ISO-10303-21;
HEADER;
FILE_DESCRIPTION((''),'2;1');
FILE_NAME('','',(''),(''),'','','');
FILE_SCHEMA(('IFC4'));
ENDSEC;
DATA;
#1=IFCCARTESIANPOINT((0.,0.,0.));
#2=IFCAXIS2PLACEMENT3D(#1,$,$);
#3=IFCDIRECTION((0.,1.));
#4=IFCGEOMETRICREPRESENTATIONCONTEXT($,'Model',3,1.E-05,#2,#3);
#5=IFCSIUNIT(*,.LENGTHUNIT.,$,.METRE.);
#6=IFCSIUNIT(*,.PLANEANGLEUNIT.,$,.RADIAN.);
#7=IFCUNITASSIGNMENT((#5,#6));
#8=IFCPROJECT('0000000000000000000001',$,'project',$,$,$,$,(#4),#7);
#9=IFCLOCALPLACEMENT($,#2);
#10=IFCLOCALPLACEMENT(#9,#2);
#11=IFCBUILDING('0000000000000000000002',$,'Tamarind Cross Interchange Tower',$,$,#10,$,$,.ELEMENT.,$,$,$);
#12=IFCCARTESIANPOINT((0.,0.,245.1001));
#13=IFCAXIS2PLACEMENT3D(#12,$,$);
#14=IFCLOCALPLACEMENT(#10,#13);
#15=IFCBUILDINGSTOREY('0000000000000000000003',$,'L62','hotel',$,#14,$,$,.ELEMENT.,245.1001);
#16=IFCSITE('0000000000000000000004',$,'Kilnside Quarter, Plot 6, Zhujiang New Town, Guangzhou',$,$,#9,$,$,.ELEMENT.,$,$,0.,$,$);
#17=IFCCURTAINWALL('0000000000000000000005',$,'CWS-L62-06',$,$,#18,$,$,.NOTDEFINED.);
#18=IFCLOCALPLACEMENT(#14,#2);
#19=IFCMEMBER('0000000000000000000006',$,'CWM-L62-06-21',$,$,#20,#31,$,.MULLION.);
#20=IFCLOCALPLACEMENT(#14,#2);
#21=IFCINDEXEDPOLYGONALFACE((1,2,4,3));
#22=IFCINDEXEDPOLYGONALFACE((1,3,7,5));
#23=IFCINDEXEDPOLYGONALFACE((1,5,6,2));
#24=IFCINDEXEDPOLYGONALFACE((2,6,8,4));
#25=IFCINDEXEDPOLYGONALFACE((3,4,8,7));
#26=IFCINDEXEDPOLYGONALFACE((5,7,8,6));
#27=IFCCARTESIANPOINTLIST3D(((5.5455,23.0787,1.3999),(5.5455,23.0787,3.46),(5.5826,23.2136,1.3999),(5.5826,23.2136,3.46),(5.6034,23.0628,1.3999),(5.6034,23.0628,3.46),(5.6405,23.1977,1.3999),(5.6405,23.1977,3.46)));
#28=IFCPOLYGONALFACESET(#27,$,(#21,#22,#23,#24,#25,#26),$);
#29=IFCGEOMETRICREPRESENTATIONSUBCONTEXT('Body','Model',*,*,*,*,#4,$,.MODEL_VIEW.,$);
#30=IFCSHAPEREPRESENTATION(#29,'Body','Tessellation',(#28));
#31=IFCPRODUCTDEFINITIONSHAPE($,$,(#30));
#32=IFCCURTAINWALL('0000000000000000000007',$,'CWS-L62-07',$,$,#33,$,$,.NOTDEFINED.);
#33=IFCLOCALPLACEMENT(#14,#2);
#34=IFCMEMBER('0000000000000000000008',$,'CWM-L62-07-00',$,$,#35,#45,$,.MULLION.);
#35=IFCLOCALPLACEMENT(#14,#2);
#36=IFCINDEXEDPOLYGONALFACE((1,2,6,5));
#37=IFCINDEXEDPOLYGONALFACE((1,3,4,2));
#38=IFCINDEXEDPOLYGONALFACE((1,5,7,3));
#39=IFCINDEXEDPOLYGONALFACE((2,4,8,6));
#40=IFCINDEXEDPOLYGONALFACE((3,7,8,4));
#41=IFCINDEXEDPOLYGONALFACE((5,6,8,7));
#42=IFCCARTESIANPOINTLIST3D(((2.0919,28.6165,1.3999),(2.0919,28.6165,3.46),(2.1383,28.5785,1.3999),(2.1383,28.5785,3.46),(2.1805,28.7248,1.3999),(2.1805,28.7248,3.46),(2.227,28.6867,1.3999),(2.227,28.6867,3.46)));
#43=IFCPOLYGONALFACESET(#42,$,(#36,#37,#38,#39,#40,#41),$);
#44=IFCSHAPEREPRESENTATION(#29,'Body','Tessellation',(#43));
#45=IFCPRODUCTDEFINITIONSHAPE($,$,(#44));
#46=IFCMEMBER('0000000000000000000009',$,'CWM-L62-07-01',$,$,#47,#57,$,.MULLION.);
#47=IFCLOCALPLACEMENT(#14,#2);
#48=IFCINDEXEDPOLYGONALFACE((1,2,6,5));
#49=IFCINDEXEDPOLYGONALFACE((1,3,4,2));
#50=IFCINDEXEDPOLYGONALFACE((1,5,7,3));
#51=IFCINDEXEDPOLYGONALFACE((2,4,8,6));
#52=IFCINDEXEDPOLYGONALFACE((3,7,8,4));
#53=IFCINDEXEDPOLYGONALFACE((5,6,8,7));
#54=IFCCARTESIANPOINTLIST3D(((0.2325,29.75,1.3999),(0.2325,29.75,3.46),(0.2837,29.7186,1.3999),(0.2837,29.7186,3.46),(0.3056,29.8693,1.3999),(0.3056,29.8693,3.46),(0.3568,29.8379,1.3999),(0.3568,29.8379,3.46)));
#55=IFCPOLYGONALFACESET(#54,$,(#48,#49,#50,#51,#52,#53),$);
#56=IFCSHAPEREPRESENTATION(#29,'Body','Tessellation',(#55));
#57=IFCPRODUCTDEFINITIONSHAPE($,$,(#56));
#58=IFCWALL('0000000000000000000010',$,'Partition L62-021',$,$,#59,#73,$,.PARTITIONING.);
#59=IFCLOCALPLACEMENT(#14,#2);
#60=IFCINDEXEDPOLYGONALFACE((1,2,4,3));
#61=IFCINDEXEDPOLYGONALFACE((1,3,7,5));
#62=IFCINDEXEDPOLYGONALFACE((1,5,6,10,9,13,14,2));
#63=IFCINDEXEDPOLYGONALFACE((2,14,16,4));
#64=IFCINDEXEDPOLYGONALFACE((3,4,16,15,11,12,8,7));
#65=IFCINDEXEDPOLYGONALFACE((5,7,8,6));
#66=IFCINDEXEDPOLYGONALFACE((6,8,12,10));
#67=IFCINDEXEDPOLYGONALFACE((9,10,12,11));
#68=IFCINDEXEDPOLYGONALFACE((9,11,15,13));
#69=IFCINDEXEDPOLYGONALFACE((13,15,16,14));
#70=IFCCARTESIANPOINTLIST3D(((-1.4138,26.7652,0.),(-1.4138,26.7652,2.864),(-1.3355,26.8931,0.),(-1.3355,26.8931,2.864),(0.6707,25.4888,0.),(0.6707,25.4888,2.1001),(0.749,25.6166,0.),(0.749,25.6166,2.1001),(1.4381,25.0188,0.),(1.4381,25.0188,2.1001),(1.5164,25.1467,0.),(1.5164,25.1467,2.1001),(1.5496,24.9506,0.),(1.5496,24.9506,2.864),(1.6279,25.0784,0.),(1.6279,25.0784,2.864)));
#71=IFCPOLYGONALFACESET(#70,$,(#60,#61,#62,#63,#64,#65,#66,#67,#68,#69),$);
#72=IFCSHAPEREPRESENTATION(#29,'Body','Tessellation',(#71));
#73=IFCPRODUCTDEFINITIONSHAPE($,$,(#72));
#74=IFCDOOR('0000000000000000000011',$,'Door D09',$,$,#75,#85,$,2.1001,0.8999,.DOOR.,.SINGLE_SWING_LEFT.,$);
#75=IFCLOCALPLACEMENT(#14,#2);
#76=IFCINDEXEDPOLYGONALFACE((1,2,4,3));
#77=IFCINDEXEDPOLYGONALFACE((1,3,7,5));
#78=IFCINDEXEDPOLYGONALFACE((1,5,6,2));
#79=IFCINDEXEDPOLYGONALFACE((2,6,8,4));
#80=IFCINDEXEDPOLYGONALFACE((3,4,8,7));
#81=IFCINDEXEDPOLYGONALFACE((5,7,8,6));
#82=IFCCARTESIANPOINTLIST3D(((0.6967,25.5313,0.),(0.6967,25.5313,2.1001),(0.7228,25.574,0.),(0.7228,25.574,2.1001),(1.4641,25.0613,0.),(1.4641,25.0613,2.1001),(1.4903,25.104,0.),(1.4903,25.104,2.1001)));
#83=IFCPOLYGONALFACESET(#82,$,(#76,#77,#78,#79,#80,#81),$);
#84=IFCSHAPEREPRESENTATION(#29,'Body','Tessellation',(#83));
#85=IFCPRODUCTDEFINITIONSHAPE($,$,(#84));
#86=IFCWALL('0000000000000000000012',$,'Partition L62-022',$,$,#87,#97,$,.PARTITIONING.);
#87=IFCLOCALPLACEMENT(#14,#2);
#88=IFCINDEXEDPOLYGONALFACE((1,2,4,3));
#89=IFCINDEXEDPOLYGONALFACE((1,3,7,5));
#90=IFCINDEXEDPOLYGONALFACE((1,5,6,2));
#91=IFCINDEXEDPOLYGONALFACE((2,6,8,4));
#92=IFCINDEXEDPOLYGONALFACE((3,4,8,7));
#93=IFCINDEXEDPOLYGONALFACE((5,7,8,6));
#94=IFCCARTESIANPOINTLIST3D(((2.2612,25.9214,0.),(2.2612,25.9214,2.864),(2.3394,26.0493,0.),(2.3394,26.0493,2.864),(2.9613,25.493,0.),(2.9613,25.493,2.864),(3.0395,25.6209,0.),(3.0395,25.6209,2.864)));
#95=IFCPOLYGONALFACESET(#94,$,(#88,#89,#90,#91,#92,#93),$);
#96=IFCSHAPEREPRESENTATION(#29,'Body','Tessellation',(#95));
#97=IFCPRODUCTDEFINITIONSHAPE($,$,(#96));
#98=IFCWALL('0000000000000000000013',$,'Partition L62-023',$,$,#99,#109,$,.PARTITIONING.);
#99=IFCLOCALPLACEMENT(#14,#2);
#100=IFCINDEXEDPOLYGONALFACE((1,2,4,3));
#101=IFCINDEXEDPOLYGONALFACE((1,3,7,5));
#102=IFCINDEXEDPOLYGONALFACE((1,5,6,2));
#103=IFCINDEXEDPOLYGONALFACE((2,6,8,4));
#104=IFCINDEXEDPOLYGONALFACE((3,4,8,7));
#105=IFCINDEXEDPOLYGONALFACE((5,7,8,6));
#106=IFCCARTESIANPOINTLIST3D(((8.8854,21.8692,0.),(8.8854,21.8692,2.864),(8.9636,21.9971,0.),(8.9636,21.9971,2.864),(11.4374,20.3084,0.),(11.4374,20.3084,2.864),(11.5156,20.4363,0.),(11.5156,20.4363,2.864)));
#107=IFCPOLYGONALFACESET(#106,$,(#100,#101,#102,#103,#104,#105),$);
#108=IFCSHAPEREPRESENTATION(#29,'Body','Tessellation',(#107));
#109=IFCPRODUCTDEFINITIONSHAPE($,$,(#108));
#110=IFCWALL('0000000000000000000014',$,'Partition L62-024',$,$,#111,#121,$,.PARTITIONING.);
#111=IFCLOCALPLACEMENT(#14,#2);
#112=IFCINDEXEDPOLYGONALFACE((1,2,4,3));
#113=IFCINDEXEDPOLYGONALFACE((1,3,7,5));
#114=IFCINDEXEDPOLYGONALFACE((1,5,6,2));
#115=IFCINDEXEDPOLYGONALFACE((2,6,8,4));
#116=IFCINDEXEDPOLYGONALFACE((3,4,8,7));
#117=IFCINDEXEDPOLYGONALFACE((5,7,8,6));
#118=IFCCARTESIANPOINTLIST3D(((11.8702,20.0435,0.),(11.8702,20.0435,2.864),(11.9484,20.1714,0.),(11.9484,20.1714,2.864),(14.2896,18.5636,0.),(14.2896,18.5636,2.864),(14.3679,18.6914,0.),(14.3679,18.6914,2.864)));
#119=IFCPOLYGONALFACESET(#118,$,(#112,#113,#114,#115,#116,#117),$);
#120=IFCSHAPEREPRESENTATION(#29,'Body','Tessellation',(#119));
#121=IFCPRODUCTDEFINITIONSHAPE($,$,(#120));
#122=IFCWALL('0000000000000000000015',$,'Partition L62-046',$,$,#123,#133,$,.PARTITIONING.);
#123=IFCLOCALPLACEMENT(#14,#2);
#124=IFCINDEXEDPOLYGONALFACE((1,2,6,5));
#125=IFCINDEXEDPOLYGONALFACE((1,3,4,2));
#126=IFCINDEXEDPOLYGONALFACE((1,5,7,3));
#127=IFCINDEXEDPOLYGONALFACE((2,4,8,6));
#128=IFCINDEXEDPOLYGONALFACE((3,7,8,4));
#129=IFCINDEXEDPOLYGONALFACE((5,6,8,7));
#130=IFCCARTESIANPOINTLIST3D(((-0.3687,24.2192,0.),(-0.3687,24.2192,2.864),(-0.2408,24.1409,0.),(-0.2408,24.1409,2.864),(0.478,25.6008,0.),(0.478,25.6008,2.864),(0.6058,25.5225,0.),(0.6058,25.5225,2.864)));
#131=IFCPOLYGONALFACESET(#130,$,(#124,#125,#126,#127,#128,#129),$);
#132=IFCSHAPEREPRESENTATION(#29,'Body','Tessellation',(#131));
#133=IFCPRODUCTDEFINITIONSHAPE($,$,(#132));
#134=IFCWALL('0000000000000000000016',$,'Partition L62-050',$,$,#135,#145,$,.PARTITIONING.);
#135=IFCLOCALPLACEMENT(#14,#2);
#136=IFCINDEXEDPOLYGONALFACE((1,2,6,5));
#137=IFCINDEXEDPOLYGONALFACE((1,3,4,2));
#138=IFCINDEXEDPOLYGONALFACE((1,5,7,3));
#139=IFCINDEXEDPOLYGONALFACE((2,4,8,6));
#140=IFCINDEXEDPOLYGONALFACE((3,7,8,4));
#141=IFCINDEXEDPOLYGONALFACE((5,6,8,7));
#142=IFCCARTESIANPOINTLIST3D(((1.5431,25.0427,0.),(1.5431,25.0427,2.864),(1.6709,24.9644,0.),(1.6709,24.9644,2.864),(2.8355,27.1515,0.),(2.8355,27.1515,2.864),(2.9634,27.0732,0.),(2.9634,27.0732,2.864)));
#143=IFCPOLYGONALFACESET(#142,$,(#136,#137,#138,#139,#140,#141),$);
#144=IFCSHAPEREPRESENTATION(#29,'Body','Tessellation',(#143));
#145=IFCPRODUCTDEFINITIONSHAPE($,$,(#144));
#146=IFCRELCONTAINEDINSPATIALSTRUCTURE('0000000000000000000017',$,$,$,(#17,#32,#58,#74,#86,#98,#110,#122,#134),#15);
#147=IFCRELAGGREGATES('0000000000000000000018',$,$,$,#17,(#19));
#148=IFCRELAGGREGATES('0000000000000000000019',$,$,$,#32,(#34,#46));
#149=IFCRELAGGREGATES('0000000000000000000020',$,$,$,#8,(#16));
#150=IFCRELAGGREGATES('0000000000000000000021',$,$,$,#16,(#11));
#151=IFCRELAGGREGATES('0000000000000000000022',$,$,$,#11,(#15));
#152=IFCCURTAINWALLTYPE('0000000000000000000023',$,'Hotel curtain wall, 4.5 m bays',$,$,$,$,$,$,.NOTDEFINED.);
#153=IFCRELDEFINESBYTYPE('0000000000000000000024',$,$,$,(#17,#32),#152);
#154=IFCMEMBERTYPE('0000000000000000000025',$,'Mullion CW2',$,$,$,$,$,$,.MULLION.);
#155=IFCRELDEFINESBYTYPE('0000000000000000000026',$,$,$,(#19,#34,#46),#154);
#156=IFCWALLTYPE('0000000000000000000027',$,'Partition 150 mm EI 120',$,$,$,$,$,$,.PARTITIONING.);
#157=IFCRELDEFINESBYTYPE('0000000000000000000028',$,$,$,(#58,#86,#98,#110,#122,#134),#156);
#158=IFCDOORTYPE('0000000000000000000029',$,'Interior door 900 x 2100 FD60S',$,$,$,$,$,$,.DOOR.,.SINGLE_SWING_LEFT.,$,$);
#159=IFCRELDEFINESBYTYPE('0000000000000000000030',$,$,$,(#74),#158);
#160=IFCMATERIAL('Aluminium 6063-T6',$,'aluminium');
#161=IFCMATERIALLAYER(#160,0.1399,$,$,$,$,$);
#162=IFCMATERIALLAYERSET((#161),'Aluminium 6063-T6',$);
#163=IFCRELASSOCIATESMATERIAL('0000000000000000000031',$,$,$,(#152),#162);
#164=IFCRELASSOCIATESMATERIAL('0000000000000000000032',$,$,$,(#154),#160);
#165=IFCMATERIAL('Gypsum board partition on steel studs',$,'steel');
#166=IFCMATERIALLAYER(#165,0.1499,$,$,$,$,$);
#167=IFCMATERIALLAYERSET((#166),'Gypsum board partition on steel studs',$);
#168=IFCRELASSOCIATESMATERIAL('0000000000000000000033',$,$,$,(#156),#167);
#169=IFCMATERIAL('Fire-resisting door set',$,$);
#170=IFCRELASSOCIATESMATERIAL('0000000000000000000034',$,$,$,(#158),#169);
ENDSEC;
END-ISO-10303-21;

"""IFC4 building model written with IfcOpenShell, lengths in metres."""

from ifc_helpers import new_model, si_unit, direction, frame, frame_2d, origin, origin_2d, place, context, subcontext, project, spatial, rectangle, extrude, material, layer, layer_set, material_profile, profile_set, type_object, element, fill, aggregate, save


model = new_model("IFC4")

# Units and contexts
model_context = context("Model", 3, precision=1e-05, world=origin(), true_north=direction((0.0, 1.0)))
body_context = subcontext(model_context, "Body", "Model", "MODEL_VIEW")
ifc_project = project(units=[si_unit("LENGTHUNIT", "METRE"), si_unit("PLANEANGLEUNIT", "RADIAN")], contexts=[model_context])

# Site, building, storey
site_placement = place(None, origin())
site = spatial("IfcSite", under=ifc_project, at=site_placement, Name="Kilnside Quarter, Plot 6, Zhujiang New Town, Guangzhou", CompositionType="ELEMENT", RefElevation=0.0)
building_placement = place(site_placement, origin())
building = spatial("IfcBuilding", under=site, at=building_placement, Name="Tamarind Cross Interchange Tower", CompositionType="ELEMENT")
storey_placement = place(building_placement, frame((0.0, 0.0, 245.1001)))
storey = spatial("IfcBuildingStorey", under=building, at=storey_placement, Name="L62", Description="hotel", CompositionType="ELEMENT", Elevation=245.1001)

# Curtain walls, members
ifc_material_1 = material(Name="Aluminium 6063-T6", Category="aluminium")
ifc_layer_1 = layer(ifc_material_1, 0.1399)
ifc_layer_set_1 = layer_set([ifc_layer_1], Name="Aluminium 6063-T6")
curtain_wall_type = type_object("IfcCurtainWallType", Name="Hotel curtain wall, 4.5 m bays", PredefinedType="NOTDEFINED", material=ifc_layer_set_1)
curtain_wall_1_placement = place(storey_placement, origin())
curtain_wall_1 = element("IfcCurtainWall", 1, at=curtain_wall_1_placement, inside=storey, type_object=curtain_wall_type, Name="CWS-L62-06", PredefinedType="NOTDEFINED")
ifc_material_profile_1 = material_profile(ifc_material_1, rectangle(XDim=0.0601, YDim=0.1399, at=origin_2d()), Name="Mullion CW2")
ifc_profile_set_1 = profile_set([ifc_material_profile_1], Name="Aluminium 6063-T6")
member_type = type_object("IfcMemberType", Name="Mullion CW2", PredefinedType="MULLION", material=ifc_profile_set_1)
member_1_placement = place(storey_placement, frame((5.593, 23.1382, 1.3999), z_axis=(0.0, 0.0, 1.0), x_axis=(-0.964141, 0.265389, 0.0)))
member_1 = element("IfcMember", 2, at=member_1_placement, type_object=member_type, Name="CWM-L62-06-21", PredefinedType="MULLION", context=body_context, shape_type="SweptSolid", body=[
    extrude(rectangle(XDim=0.0601, YDim=0.1399, at=origin_2d()), origin(), (0.0, 0.0, 1.0), 2.0601),
])
aggregate(curtain_wall_1, [member_1])
curtain_wall_2_placement = place(storey_placement, origin())
curtain_wall_2 = element("IfcCurtainWall", 3, at=curtain_wall_2_placement, inside=storey, type_object=curtain_wall_type, Name="CWS-L62-07", PredefinedType="NOTDEFINED")
member_2_placement = place(storey_placement, frame((2.1594, 28.6516, 1.3999), z_axis=(0.0, 0.0, 1.0), x_axis=(-0.773678, 0.633579, 0.0)))
member_2 = element("IfcMember", 4, at=member_2_placement, type_object=member_type, Name="CWM-L62-07-00", PredefinedType="MULLION", context=body_context, shape_type="SweptSolid", body=[
    extrude(rectangle(XDim=0.0601, YDim=0.1399, at=origin_2d()), origin(), (0.0, 0.0, 1.0), 2.0601),
])
member_3_placement = place(storey_placement, frame((0.2947, 29.7939, 1.3999), z_axis=(0.0, 0.0, 1.0), x_axis=(-0.85272, 0.522368, 0.0)))
member_3 = element("IfcMember", 5, at=member_3_placement, type_object=member_type, Name="CWM-L62-07-01", PredefinedType="MULLION", context=body_context, shape_type="SweptSolid", body=[
    extrude(rectangle(XDim=0.0601, YDim=0.1399, at=origin_2d()), origin(), (0.0, 0.0, 1.0), 2.0601),
])
aggregate(curtain_wall_2, [member_2, member_3])

# Wall, opening, door
ifc_material_2 = material(Name="Gypsum board partition on steel studs", Category="steel")
ifc_layer_2 = layer(ifc_material_2, 0.1499)
ifc_layer_set_2 = layer_set([ifc_layer_2], Name="Gypsum board partition on steel studs")
wall_type = type_object("IfcWallType", Name="Partition 150 mm EI 120", PredefinedType="PARTITIONING", material=ifc_layer_set_2)
wall_1_placement = place(storey_placement, frame((-1.3745, 26.8291, 0.0), z_axis=(0.0, 0.0, 1.0), x_axis=(0.852802, -0.522234, 0.0)))
wall_1 = element("IfcWall", 6, at=wall_1_placement, inside=storey, type_object=wall_type, Name="Partition L62-021", PredefinedType="PARTITIONING", context=body_context, shape_type="SweptSolid", body=[
    extrude(rectangle(XDim=3.4749, YDim=0.1499, at=frame_2d((1.7373, 0.0))), origin(), (0.0, 0.0, 1.0), 2.864),
])
opening_placement = place(wall_1_placement, frame((2.4441, 0.0, 0.0)))
opening = element("IfcOpeningElement", 7, at=opening_placement, cuts=wall_1, PredefinedType="OPENING", context=body_context, shape_type="SweptSolid", body=[
    extrude(rectangle(XDim=0.8999, YDim=2.1001, at=frame_2d((0.45, 1.05))), frame((0.0, 0.085, 0.0), z_axis=(0.0, -1.0, 0.0), x_axis=(1.0, 0.0, 0.0)), (0.0, 0.0, 1.0), 0.1699),
])
ifc_material_3 = material(Name="Fire-resisting door set")
door_type = type_object("IfcDoorType", Name="Interior door 900 x 2100 FD60S", OperationType="SINGLE_SWING_LEFT", PredefinedType="DOOR", material=ifc_material_3)
door_placement = place(opening_placement, origin())
door = element("IfcDoor", 8, at=door_placement, inside=storey, type_object=door_type, Name="Door D09", OperationType="SINGLE_SWING_LEFT", OverallHeight=2.1001, OverallWidth=0.8999, PredefinedType="DOOR", context=body_context, shape_type="SweptSolid", body=[
    extrude(rectangle(XDim=0.8999, YDim=2.1001, at=frame_2d((0.45, 1.05))), frame((0.0, 0.0249, 0.0), z_axis=(0.0, -1.0, 0.0), x_axis=(1.0, 0.0, 0.0)), (0.0, 0.0, 1.0), 0.05),
])
fill(opening, door)

# Walls
wall_2_placement = place(storey_placement, frame((2.3003, 25.9854, 0.0), z_axis=(0.0, 0.0, 1.0), x_axis=(0.852973, -0.521955, 0.0)))
element("IfcWall", 9, at=wall_2_placement, inside=storey, type_object=wall_type, Name="Partition L62-022", PredefinedType="PARTITIONING", context=body_context, shape_type="SweptSolid", body=[
    extrude(rectangle(XDim=0.8208, YDim=0.1499, at=frame_2d((0.4104, 0.0))), origin(), (0.0, 0.0, 1.0), 2.864),
])
wall_3_placement = place(storey_placement, frame((8.9246, 21.9331, 0.0), z_axis=(0.0, 0.0, 1.0), x_axis=(0.853098, -0.52175, 0.0)))
element("IfcWall", 10, at=wall_3_placement, inside=storey, type_object=wall_type, Name="Partition L62-023", PredefinedType="PARTITIONING", context=body_context, shape_type="SweptSolid", body=[
    extrude(rectangle(XDim=2.9915, YDim=0.1499, at=frame_2d((1.4956, 0.0))), origin(), (0.0, 0.0, 1.0), 2.864),
])
wall_4_placement = place(storey_placement, frame((11.9094, 20.1074, 0.0), z_axis=(0.0, 0.0, 1.0), x_axis=(0.853056, -0.521819, 0.0)))
element("IfcWall", 11, at=wall_4_placement, inside=storey, type_object=wall_type, Name="Partition L62-024", PredefinedType="PARTITIONING", context=body_context, shape_type="SweptSolid", body=[
    extrude(rectangle(XDim=2.8362, YDim=0.1499, at=frame_2d((1.418, 0.0))), origin(), (0.0, 0.0, 1.0), 2.864),
])
wall_5_placement = place(storey_placement, frame((-0.3047, 24.1802, 0.0), z_axis=(0.0, 0.0, 1.0), x_axis=(0.522516, 0.852629, 0.0)))
element("IfcWall", 12, at=wall_5_placement, inside=storey, type_object=wall_type, Name="Partition L62-046", PredefinedType="PARTITIONING", context=body_context, shape_type="SweptSolid", body=[
    extrude(rectangle(XDim=1.6204, YDim=0.1499, at=frame_2d((0.8101, 0.0))), origin(), (0.0, 0.0, 1.0), 2.864),
])
wall_6_placement = place(storey_placement, frame((1.6069, 25.0034, 0.0), z_axis=(0.0, 0.0, 1.0), x_axis=(0.522544, 0.852613, 0.0)))
element("IfcWall", 13, at=wall_6_placement, inside=storey, type_object=wall_type, Name="Partition L62-050", PredefinedType="PARTITIONING", context=body_context, shape_type="SweptSolid", body=[
    extrude(rectangle(XDim=2.4734, YDim=0.1499, at=frame_2d((1.2368, 0.0))), origin(), (0.0, 0.0, 1.0), 2.864),
])

save(model, "model.ifc")
